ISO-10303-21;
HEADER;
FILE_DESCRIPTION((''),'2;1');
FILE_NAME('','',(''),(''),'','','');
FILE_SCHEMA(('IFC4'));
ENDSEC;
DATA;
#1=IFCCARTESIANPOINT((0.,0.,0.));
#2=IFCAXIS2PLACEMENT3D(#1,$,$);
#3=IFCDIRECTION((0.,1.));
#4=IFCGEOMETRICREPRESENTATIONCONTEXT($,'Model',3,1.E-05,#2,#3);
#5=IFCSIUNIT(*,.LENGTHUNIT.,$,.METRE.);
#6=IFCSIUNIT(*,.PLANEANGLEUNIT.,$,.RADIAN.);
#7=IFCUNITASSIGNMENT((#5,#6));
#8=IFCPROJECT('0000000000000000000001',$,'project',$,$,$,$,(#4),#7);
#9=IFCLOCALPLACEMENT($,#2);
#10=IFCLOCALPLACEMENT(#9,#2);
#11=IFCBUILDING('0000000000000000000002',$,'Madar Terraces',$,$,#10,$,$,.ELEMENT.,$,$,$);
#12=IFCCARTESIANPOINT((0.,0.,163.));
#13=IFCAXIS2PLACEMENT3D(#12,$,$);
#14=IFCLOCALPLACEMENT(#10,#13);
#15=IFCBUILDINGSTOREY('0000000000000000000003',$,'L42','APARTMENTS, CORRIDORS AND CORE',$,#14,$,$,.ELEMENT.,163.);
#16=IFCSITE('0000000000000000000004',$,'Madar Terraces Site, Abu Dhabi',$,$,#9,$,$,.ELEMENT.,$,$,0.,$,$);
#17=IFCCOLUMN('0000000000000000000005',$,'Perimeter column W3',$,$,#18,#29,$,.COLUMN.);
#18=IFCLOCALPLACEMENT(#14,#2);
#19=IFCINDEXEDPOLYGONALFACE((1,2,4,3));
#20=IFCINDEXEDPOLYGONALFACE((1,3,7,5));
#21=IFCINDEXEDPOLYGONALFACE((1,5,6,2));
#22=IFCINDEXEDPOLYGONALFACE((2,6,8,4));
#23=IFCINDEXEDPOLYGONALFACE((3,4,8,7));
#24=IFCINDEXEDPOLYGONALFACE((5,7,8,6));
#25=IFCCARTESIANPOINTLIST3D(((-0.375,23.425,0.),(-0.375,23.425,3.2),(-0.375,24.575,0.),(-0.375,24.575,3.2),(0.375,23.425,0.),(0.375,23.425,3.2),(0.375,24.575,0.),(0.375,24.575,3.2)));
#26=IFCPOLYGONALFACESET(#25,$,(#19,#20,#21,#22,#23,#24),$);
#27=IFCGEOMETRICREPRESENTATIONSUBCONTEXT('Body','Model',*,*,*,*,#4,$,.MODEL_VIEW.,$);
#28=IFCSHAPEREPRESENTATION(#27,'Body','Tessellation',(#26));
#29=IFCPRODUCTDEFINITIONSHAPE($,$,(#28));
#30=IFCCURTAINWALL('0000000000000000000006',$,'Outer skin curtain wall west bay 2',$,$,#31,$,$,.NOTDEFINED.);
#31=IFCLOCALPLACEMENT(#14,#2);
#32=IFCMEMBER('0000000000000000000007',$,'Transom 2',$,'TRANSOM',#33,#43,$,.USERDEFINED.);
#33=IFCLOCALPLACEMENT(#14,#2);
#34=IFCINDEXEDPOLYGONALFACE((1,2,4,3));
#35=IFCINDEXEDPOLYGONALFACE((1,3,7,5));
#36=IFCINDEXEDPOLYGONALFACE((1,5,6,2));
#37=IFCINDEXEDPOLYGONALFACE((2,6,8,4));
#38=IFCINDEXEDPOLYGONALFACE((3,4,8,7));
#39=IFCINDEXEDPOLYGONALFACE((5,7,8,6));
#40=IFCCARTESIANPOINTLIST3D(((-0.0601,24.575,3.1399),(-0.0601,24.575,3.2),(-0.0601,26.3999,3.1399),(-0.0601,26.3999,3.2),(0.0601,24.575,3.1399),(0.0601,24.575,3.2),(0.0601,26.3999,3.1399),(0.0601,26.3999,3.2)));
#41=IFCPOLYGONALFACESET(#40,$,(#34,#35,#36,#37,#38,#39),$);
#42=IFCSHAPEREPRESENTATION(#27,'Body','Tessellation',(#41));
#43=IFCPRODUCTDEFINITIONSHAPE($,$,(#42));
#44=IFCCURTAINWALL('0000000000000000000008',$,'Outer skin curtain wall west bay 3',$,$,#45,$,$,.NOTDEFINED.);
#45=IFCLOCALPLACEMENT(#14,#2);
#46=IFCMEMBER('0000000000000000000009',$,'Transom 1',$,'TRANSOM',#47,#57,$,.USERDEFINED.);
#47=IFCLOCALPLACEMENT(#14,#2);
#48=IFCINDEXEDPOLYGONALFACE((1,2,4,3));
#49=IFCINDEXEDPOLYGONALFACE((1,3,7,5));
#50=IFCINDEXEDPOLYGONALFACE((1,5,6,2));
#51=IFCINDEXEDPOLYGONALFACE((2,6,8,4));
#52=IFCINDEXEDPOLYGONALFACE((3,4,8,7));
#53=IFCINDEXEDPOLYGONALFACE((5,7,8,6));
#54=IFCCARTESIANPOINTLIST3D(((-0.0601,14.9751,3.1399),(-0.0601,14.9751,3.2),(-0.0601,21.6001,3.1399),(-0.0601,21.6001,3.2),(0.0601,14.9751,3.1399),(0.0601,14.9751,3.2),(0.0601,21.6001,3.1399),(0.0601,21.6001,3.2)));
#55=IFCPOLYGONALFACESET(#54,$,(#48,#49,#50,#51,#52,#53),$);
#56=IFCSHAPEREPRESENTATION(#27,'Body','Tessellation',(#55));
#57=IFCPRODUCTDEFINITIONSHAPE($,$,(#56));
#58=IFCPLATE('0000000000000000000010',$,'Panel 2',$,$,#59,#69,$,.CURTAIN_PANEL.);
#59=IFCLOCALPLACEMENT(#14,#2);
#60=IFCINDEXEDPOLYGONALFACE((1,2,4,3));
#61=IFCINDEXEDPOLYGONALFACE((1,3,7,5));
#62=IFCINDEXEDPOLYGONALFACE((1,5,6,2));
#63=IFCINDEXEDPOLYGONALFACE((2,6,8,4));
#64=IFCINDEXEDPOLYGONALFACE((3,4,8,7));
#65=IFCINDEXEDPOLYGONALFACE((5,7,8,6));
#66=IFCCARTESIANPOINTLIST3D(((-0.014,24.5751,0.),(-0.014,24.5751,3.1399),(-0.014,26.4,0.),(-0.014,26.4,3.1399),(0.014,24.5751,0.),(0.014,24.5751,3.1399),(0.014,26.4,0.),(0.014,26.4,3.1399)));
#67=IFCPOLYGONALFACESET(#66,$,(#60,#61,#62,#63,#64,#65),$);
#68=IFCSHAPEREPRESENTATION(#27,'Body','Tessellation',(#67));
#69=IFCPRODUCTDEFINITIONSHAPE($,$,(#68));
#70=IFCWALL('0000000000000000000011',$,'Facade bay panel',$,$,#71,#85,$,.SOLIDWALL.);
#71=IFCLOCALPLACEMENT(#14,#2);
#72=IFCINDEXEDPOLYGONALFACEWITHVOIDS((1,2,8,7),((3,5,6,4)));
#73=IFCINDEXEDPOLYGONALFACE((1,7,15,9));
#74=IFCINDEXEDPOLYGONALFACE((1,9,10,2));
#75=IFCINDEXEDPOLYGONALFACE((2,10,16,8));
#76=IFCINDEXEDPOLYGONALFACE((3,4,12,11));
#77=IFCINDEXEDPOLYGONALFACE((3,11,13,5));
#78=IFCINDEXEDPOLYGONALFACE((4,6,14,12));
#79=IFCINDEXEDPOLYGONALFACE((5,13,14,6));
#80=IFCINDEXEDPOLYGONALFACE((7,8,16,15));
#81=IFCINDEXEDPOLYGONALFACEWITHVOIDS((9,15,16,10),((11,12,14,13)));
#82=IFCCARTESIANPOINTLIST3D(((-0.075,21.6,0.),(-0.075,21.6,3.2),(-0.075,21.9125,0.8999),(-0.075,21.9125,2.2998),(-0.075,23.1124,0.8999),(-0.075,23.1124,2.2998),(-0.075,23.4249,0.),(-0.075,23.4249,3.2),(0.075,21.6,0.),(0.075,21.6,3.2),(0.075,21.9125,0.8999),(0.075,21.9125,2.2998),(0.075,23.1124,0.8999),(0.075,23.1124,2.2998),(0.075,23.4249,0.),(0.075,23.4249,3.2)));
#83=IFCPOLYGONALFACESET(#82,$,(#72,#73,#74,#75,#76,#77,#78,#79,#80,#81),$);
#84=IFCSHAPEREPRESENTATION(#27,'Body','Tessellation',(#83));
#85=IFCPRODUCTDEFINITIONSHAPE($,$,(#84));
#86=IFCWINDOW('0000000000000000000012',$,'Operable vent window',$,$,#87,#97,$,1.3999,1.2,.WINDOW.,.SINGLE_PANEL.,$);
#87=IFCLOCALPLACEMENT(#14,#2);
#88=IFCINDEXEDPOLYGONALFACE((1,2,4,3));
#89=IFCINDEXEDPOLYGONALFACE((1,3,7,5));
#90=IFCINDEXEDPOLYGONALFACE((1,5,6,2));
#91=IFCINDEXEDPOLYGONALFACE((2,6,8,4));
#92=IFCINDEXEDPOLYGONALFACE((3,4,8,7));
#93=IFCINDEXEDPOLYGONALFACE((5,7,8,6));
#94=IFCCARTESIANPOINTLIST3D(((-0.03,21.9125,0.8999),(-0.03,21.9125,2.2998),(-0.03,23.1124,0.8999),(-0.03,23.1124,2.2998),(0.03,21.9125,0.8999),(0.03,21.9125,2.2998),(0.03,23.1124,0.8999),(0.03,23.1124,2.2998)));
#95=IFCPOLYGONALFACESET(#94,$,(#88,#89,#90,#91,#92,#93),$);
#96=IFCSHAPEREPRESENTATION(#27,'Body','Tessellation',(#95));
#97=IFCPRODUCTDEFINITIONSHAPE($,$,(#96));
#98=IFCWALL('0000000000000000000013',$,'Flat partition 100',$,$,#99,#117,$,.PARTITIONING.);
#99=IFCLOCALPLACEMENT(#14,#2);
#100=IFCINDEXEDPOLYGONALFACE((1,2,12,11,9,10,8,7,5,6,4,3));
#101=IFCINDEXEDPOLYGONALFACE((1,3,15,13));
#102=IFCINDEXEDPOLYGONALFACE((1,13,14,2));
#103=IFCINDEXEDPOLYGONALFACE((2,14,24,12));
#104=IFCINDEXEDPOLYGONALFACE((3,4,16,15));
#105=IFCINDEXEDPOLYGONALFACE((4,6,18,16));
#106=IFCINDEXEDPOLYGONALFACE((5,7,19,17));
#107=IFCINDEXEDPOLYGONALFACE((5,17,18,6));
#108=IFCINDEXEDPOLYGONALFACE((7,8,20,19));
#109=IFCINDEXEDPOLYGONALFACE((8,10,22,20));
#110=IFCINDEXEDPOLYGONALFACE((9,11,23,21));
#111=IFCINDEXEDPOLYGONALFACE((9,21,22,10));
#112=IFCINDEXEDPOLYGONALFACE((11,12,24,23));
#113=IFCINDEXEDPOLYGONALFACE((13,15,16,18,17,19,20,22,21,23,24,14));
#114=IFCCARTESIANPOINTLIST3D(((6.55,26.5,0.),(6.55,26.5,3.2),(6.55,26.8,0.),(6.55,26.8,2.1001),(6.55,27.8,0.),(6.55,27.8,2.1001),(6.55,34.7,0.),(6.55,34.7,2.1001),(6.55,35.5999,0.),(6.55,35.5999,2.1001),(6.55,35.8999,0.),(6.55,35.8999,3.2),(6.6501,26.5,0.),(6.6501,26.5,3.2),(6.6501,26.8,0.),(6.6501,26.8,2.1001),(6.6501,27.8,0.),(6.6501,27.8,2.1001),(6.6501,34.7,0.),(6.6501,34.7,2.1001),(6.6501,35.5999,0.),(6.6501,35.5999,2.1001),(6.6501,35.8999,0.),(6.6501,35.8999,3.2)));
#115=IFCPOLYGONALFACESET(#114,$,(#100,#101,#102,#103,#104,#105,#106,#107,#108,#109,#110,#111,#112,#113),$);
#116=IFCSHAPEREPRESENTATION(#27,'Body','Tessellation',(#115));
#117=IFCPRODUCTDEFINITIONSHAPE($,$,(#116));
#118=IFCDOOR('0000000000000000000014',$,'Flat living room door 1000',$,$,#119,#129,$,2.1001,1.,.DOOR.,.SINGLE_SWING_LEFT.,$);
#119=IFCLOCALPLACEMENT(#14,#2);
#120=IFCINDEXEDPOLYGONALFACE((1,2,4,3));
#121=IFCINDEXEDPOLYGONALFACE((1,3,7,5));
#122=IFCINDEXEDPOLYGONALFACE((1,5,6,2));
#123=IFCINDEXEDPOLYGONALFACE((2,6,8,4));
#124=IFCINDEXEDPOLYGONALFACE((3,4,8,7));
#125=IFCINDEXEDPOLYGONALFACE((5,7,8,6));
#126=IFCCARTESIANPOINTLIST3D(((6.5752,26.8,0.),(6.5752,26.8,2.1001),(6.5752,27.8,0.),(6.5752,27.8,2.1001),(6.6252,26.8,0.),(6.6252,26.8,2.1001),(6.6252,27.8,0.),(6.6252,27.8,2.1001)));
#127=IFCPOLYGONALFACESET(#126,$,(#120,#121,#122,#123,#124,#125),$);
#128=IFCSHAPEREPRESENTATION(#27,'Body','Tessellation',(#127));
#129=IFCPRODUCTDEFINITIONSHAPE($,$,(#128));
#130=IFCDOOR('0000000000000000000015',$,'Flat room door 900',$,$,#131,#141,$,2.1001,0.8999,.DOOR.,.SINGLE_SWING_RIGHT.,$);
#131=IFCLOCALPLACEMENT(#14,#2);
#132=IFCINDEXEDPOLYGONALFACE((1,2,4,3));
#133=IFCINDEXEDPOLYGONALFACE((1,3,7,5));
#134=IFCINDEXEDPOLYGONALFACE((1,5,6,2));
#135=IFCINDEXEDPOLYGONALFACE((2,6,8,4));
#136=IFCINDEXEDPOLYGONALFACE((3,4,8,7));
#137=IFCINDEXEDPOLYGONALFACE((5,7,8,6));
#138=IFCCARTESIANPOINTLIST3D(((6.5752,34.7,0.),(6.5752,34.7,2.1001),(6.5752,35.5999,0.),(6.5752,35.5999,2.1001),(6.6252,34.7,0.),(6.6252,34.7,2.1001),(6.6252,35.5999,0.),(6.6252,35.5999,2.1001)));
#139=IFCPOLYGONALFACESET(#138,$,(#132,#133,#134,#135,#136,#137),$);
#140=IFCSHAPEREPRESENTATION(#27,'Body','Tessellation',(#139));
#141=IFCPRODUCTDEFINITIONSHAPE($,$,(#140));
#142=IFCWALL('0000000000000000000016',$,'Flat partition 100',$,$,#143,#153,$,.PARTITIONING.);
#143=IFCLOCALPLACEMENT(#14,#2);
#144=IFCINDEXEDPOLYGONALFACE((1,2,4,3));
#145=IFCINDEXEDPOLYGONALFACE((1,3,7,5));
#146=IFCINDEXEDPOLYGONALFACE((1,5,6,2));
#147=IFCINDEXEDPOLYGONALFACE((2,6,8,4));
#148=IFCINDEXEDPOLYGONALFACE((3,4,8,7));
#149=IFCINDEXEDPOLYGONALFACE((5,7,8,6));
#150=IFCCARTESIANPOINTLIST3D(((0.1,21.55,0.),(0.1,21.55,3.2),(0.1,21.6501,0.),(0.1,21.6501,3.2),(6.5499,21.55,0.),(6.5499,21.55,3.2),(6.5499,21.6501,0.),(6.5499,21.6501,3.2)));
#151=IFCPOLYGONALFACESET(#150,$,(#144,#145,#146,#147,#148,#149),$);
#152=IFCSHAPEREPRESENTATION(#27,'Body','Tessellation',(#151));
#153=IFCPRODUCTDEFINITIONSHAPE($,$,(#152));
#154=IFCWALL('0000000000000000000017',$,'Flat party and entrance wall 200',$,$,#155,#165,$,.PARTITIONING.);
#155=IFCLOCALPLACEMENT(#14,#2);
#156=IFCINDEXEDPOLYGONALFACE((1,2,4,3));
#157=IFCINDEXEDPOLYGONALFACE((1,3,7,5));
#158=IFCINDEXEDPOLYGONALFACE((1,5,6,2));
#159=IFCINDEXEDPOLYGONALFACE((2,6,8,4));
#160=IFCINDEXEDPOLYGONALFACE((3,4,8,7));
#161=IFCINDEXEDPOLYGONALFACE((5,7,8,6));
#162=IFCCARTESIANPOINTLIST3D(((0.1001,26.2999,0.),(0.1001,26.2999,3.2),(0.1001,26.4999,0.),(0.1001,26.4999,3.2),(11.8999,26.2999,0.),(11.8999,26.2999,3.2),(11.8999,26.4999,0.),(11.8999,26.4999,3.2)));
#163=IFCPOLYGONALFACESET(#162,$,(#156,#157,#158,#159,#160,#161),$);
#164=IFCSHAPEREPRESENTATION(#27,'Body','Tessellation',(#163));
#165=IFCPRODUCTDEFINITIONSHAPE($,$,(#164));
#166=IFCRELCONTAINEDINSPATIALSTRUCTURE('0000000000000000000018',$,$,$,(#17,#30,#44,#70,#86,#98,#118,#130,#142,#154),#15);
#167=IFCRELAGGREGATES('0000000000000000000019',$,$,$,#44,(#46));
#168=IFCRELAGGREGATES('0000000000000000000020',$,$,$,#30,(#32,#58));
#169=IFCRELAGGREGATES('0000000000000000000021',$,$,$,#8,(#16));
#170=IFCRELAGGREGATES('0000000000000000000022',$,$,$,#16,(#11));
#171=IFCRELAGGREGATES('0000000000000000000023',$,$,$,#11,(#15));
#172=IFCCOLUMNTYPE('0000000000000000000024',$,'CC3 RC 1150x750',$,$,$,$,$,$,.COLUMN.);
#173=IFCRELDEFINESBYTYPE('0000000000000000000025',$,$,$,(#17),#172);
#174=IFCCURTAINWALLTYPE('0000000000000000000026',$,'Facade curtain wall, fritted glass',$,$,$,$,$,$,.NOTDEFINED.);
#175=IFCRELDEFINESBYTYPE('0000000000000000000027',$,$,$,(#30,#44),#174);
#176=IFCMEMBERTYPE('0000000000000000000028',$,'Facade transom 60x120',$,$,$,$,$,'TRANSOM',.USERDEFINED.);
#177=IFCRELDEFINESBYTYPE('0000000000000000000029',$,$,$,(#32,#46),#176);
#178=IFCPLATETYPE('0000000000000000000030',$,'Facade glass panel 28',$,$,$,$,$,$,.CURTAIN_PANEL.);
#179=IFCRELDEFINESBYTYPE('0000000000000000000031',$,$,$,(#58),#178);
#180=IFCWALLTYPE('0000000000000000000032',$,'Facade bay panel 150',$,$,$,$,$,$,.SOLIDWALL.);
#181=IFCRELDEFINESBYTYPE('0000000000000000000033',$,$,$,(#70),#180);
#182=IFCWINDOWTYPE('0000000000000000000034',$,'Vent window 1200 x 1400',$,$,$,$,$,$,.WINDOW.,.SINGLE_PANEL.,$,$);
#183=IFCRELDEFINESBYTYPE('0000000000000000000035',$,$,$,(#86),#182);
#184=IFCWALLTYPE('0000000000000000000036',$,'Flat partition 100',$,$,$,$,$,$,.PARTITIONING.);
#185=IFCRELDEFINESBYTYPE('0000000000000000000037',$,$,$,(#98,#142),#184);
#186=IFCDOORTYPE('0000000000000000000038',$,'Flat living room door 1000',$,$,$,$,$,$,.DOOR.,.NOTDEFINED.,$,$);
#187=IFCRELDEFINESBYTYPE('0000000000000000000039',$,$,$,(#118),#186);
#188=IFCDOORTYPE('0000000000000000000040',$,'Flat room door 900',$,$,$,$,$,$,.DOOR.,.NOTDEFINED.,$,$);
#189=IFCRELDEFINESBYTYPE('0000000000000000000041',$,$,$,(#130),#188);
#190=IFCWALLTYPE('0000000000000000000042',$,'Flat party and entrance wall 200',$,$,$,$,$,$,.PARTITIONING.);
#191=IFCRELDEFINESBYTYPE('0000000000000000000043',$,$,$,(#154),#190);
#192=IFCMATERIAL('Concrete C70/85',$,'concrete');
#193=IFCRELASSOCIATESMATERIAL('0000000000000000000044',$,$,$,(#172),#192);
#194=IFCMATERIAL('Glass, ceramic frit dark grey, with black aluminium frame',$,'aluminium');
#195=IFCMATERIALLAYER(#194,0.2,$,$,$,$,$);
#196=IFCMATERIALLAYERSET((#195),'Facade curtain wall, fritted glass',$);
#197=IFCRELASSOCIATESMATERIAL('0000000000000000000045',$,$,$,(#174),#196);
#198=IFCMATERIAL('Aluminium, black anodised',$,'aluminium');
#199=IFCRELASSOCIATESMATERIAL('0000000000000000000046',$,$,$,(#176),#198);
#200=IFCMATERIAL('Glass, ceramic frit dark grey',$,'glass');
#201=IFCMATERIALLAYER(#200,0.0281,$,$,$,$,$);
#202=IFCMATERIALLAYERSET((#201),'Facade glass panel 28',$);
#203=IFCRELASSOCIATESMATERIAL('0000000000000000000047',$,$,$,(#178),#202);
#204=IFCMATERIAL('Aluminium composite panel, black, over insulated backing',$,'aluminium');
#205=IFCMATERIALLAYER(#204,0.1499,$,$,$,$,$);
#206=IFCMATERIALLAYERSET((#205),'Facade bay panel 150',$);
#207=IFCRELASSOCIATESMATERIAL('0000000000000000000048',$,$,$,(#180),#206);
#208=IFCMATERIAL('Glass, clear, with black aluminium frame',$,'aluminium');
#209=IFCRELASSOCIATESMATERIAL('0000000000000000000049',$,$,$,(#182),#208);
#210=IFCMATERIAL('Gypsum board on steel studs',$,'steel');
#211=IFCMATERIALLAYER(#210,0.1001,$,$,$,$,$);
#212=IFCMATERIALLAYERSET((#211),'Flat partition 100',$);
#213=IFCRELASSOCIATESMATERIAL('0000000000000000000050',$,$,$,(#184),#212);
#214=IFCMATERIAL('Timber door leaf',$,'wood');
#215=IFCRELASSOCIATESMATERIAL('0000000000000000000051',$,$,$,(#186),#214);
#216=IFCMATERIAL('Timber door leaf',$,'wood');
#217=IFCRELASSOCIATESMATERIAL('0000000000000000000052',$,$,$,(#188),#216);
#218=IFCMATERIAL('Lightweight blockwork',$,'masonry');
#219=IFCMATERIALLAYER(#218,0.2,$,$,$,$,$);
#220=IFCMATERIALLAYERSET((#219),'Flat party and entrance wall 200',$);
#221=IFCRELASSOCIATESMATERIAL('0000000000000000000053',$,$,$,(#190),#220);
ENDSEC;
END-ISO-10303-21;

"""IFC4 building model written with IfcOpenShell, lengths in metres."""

from ifc_helpers import new_model, si_unit, direction, frame, frame_2d, origin, origin_2d, place, context, subcontext, project, spatial, rectangle, extrude, material, layer, layer_set, material_profile, profile_set, type_object, element, fill, aggregate, save


model = new_model("IFC4")

# Units and contexts
model_context = context("Model", 3, precision=1e-05, world=origin(), true_north=direction((0.0, 1.0)))
body_context = subcontext(model_context, "Body", "Model", "MODEL_VIEW")
ifc_project = project(units=[si_unit("LENGTHUNIT", "METRE"), si_unit("PLANEANGLEUNIT", "RADIAN")], contexts=[model_context])

# Site, building, storey
site_placement = place(None, origin())
site = spatial("IfcSite", under=ifc_project, at=site_placement, Name="Madar Terraces Site, Abu Dhabi", CompositionType="ELEMENT", RefElevation=0.0)
building_placement = place(site_placement, origin())
building = spatial("IfcBuilding", under=site, at=building_placement, Name="Madar Terraces", CompositionType="ELEMENT")
storey_placement = place(building_placement, frame((0.0, 0.0, 163.0)))
storey = spatial("IfcBuildingStorey", under=building, at=storey_placement, Name="L42", Description="APARTMENTS, CORRIDORS AND CORE", CompositionType="ELEMENT", Elevation=163.0)

# Column
ifc_material_1 = material(Name="Concrete C70/85", Category="concrete")
ifc_material_profile_1 = material_profile(ifc_material_1, rectangle(XDim=1.1499, YDim=0.75, at=origin_2d()), Name="CC3 RC 1150x750")
ifc_profile_set_1 = profile_set([ifc_material_profile_1], Name="Concrete C70/85")
column_type = type_object("IfcColumnType", Name="CC3 RC 1150x750", PredefinedType="COLUMN", material=ifc_profile_set_1)
column_placement = place(storey_placement, frame((0.0, 24.0, 0.0), z_axis=(0.0, 0.0, 1.0), x_axis=(0.0, 1.0, 0.0)))
element("IfcColumn", 1, at=column_placement, inside=storey, type_object=column_type, Name="Perimeter column W3", PredefinedType="COLUMN", context=body_context, shape_type="SweptSolid", body=[
    extrude(rectangle(XDim=1.1499, YDim=0.75, at=origin_2d()), origin(), (0.0, 0.0, 1.0), 3.2),
])

# Curtain walls, members
ifc_material_2 = material(Name="Glass, ceramic frit dark grey, with black aluminium frame", Category="aluminium")
ifc_layer_1 = layer(ifc_material_2, 0.2)
ifc_layer_set_1 = layer_set([ifc_layer_1], Name="Facade curtain wall, fritted glass")
curtain_wall_type = type_object("IfcCurtainWallType", Name="Facade curtain wall, fritted glass", PredefinedType="NOTDEFINED", material=ifc_layer_set_1)
curtain_wall_1_placement = place(storey_placement, origin())
curtain_wall_1 = element("IfcCurtainWall", 2, at=curtain_wall_1_placement, inside=storey, type_object=curtain_wall_type, Name="Outer skin curtain wall west bay 2", PredefinedType="NOTDEFINED")
ifc_material_3 = material(Name="Aluminium, black anodised", Category="aluminium")
ifc_material_profile_2 = material_profile(ifc_material_3, rectangle(XDim=0.1201, YDim=0.0601, at=origin_2d()), Name="Facade transom 60x120")
ifc_profile_set_2 = profile_set([ifc_material_profile_2], Name="Aluminium, black anodised")
member_type = type_object("IfcMemberType", Name="Facade transom 60x120", ElementType="TRANSOM", PredefinedType="USERDEFINED", material=ifc_profile_set_2)
member_1_placement = place(storey_placement, frame((0.0, 26.3999, 3.1699), z_axis=(0.0, -1.0, 0.0), x_axis=(1.0, 0.0, 0.0)))
member_1 = element("IfcMember", 3, at=member_1_placement, type_object=member_type, Name="Transom 2", ObjectType="TRANSOM", PredefinedType="USERDEFINED", context=body_context, shape_type="SweptSolid", body=[
    extrude(rectangle(XDim=0.1201, YDim=0.0601, at=origin_2d()), origin(), (0.0, 0.0, 1.0), 1.825),
])
curtain_wall_2_placement = place(storey_placement, origin())
curtain_wall_2 = element("IfcCurtainWall", 4, at=curtain_wall_2_placement, inside=storey, type_object=curtain_wall_type, Name="Outer skin curtain wall west bay 3", PredefinedType="NOTDEFINED")
member_2_placement = place(storey_placement, frame((0.0, 21.6001, 3.1699), z_axis=(0.0, -1.0, 0.0), x_axis=(1.0, 0.0, 0.0)))
member_2 = element("IfcMember", 5, at=member_2_placement, type_object=member_type, Name="Transom 1", ObjectType="TRANSOM", PredefinedType="USERDEFINED", context=body_context, shape_type="SweptSolid", body=[
    extrude(rectangle(XDim=0.1201, YDim=0.0601, at=origin_2d()), origin(), (0.0, 0.0, 1.0), 6.625),
])
aggregate(curtain_wall_2, [member_2])

# Plate
ifc_material_4 = material(Name="Glass, ceramic frit dark grey", Category="glass")
ifc_layer_2 = layer(ifc_material_4, 0.0281)
ifc_layer_set_2 = layer_set([ifc_layer_2], Name="Facade glass panel 28")
plate_type = type_object("IfcPlateType", Name="Facade glass panel 28", PredefinedType="CURTAIN_PANEL", material=ifc_layer_set_2)
plate_placement = place(storey_placement, frame((0.0, 25.4875, 0.0), z_axis=(0.0, 0.0, 1.0), x_axis=(0.0, -1.0, 0.0)))
plate = element("IfcPlate", 6, at=plate_placement, type_object=plate_type, Name="Panel 2", PredefinedType="CURTAIN_PANEL", context=body_context, shape_type="SweptSolid", body=[
    extrude(rectangle(XDim=1.825, YDim=0.0281, at=origin_2d()), origin(), (0.0, 0.0, 1.0), 3.1399),
])
aggregate(curtain_wall_1, [member_1, plate])

# Shared definitions
ifc_material_5 = material(Name="Aluminium composite panel, black, over insulated backing", Category="aluminium")
ifc_layer_3 = layer(ifc_material_5, 0.1499)
ifc_layer_set_3 = layer_set([ifc_layer_3], Name="Facade bay panel 150")
wall_type_1 = type_object("IfcWallType", Name="Facade bay panel 150", PredefinedType="SOLIDWALL", material=ifc_layer_set_3)

# Wall, opening, window
wall_1_placement = place(storey_placement, frame((0.0, 23.425, 0.0), z_axis=(0.0, 0.0, 1.0), x_axis=(0.0, -1.0, 0.0)))
wall_1 = element("IfcWall", 7, at=wall_1_placement, inside=storey, type_object=wall_type_1, Name="Facade bay panel", PredefinedType="SOLIDWALL", context=body_context, shape_type="SweptSolid", body=[
    extrude(rectangle(XDim=1.825, YDim=0.1499, at=frame_2d((0.9126, 0.0))), origin(), (0.0, 0.0, 1.0), 3.2),
])
opening_1_placement = place(wall_1_placement, frame((0.3125, 0.0, 0.8999)))
opening_1 = element("IfcOpeningElement", 8, at=opening_1_placement, cuts=wall_1, PredefinedType="OPENING", context=body_context, shape_type="SweptSolid", body=[
    extrude(rectangle(XDim=1.2, YDim=1.3999, at=frame_2d((0.6001, 0.7))), frame((0.0, 0.085, 0.0), z_axis=(0.0, -1.0, 0.0), x_axis=(1.0, 0.0, 0.0)), (0.0, 0.0, 1.0), 0.1699),
])
ifc_material_6 = material(Name="Glass, clear, with black aluminium frame", Category="aluminium")
window_type = type_object("IfcWindowType", Name="Vent window 1200 x 1400", PartitioningType="SINGLE_PANEL", PredefinedType="WINDOW", material=ifc_material_6)
window_placement = place(opening_1_placement, origin())
window = element("IfcWindow", 9, at=window_placement, inside=storey, type_object=window_type, Name="Operable vent window", OverallHeight=1.3999, OverallWidth=1.2, PartitioningType="SINGLE_PANEL", PredefinedType="WINDOW", context=body_context, shape_type="SweptSolid", body=[
    extrude(rectangle(XDim=1.2, YDim=1.3999, at=frame_2d((0.6001, 0.7))), frame((0.0, 0.03, 0.0), z_axis=(0.0, -1.0, 0.0), x_axis=(1.0, 0.0, 0.0)), (0.0, 0.0, 1.0), 0.0601),
])
fill(opening_1, window)

# Wall, openings, doors
ifc_material_7 = material(Name="Gypsum board on steel studs", Category="steel")
ifc_layer_4 = layer(ifc_material_7, 0.1001)
ifc_layer_set_4 = layer_set([ifc_layer_4], Name="Flat partition 100")
wall_type_2 = type_object("IfcWallType", Name="Flat partition 100", PredefinedType="PARTITIONING", material=ifc_layer_set_4)
wall_2_placement = place(storey_placement, frame((6.6001, 26.5, 0.0), z_axis=(0.0, 0.0, 1.0), x_axis=(0.0, 1.0, 0.0)))
wall_2 = element("IfcWall", 10, at=wall_2_placement, inside=storey, type_object=wall_type_2, Name="Flat partition 100", PredefinedType="PARTITIONING", context=body_context, shape_type="SweptSolid", body=[
    extrude(rectangle(XDim=9.3999, YDim=0.1001, at=frame_2d((4.7, 0.0))), origin(), (0.0, 0.0, 1.0), 3.2),
])
opening_2_placement = place(wall_2_placement, frame((8.2, 0.0, 0.0)))
opening_2 = element("IfcOpeningElement", 11, at=opening_2_placement, cuts=wall_2, PredefinedType="OPENING", context=body_context, shape_type="SweptSolid", body=[
    extrude(rectangle(XDim=0.8999, YDim=2.1001, at=frame_2d((0.45, 1.05))), frame((0.0, 0.0601, 0.0), z_axis=(0.0, -1.0, 0.0), x_axis=(1.0, 0.0, 0.0)), (0.0, 0.0, 1.0), 0.1201),
])
opening_3_placement = place(wall_2_placement, frame((0.3, 0.0, 0.0)))
opening_3 = element("IfcOpeningElement", 12, at=opening_3_placement, cuts=wall_2, PredefinedType="OPENING", context=body_context, shape_type="SweptSolid", body=[
    extrude(rectangle(XDim=1.0, YDim=2.1001, at=frame_2d((0.5, 1.05))), frame((0.0, 0.0601, 0.0), z_axis=(0.0, -1.0, 0.0), x_axis=(1.0, 0.0, 0.0)), (0.0, 0.0, 1.0), 0.1201),
])
ifc_material_8 = material(Name="Timber door leaf", Category="wood")
door_type_1 = type_object("IfcDoorType", Name="Flat living room door 1000", OperationType="NOTDEFINED", PredefinedType="DOOR", material=ifc_material_8)
door_1_placement = place(opening_3_placement, origin())
door_1 = element("IfcDoor", 13, at=door_1_placement, inside=storey, type_object=door_type_1, Name="Flat living room door 1000", OperationType="SINGLE_SWING_LEFT", OverallHeight=2.1001, OverallWidth=1.0, PredefinedType="DOOR", context=body_context, shape_type="SweptSolid", body=[
    extrude(rectangle(XDim=1.0, YDim=2.1001, at=frame_2d((0.5, 1.05))), frame((0.0, 0.0249, 0.0), z_axis=(0.0, -1.0, 0.0), x_axis=(1.0, 0.0, 0.0)), (0.0, 0.0, 1.0), 0.05),
])
fill(opening_3, door_1)
ifc_material_9 = material(Name="Timber door leaf", Category="wood")
door_type_2 = type_object("IfcDoorType", Name="Flat room door 900", OperationType="NOTDEFINED", PredefinedType="DOOR", material=ifc_material_9)
door_2_placement = place(opening_2_placement, origin())
door_2 = element("IfcDoor", 14, at=door_2_placement, inside=storey, type_object=door_type_2, Name="Flat room door 900", OperationType="SINGLE_SWING_RIGHT", OverallHeight=2.1001, OverallWidth=0.8999, PredefinedType="DOOR", context=body_context, shape_type="SweptSolid", body=[
    extrude(rectangle(XDim=0.8999, YDim=2.1001, at=frame_2d((0.45, 1.05))), frame((0.0, 0.0249, 0.0), z_axis=(0.0, -1.0, 0.0), x_axis=(1.0, 0.0, 0.0)), (0.0, 0.0, 1.0), 0.05),
])
fill(opening_2, door_2)

# Walls
wall_3_placement = place(storey_placement, frame((6.55, 21.6001, 0.0), z_axis=(0.0, 0.0, 1.0), x_axis=(-1.0, 0.0, 0.0)))
element("IfcWall", 15, at=wall_3_placement, inside=storey, type_object=wall_type_2, Name="Flat partition 100", PredefinedType="PARTITIONING", context=body_context, shape_type="SweptSolid", body=[
    extrude(rectangle(XDim=6.45, YDim=0.1001, at=frame_2d((3.2251, 0.0))), origin(), (0.0, 0.0, 1.0), 3.2),
])
ifc_material_10 = material(Name="Lightweight blockwork", Category="masonry")
ifc_layer_5 = layer(ifc_material_10, 0.2)
ifc_layer_set_5 = layer_set([ifc_layer_5], Name="Flat party and entrance wall 200")
wall_type_3 = type_object("IfcWallType", Name="Flat party and entrance wall 200", PredefinedType="PARTITIONING", material=ifc_layer_set_5)
wall_4_placement = place(storey_placement, frame((0.1001, 26.3999, 0.0), z_axis=(0.0, 0.0, 1.0), x_axis=(1.0, 0.0, 0.0)))
element("IfcWall", 16, at=wall_4_placement, inside=storey, type_object=wall_type_3, Name="Flat party and entrance wall 200", PredefinedType="PARTITIONING", context=body_context, shape_type="SweptSolid", body=[
    extrude(rectangle(XDim=11.7998, YDim=0.2, at=frame_2d((5.8999, 0.0))), origin(), (0.0, 0.0, 1.0), 3.2),
])

save(model, "model.ifc")
